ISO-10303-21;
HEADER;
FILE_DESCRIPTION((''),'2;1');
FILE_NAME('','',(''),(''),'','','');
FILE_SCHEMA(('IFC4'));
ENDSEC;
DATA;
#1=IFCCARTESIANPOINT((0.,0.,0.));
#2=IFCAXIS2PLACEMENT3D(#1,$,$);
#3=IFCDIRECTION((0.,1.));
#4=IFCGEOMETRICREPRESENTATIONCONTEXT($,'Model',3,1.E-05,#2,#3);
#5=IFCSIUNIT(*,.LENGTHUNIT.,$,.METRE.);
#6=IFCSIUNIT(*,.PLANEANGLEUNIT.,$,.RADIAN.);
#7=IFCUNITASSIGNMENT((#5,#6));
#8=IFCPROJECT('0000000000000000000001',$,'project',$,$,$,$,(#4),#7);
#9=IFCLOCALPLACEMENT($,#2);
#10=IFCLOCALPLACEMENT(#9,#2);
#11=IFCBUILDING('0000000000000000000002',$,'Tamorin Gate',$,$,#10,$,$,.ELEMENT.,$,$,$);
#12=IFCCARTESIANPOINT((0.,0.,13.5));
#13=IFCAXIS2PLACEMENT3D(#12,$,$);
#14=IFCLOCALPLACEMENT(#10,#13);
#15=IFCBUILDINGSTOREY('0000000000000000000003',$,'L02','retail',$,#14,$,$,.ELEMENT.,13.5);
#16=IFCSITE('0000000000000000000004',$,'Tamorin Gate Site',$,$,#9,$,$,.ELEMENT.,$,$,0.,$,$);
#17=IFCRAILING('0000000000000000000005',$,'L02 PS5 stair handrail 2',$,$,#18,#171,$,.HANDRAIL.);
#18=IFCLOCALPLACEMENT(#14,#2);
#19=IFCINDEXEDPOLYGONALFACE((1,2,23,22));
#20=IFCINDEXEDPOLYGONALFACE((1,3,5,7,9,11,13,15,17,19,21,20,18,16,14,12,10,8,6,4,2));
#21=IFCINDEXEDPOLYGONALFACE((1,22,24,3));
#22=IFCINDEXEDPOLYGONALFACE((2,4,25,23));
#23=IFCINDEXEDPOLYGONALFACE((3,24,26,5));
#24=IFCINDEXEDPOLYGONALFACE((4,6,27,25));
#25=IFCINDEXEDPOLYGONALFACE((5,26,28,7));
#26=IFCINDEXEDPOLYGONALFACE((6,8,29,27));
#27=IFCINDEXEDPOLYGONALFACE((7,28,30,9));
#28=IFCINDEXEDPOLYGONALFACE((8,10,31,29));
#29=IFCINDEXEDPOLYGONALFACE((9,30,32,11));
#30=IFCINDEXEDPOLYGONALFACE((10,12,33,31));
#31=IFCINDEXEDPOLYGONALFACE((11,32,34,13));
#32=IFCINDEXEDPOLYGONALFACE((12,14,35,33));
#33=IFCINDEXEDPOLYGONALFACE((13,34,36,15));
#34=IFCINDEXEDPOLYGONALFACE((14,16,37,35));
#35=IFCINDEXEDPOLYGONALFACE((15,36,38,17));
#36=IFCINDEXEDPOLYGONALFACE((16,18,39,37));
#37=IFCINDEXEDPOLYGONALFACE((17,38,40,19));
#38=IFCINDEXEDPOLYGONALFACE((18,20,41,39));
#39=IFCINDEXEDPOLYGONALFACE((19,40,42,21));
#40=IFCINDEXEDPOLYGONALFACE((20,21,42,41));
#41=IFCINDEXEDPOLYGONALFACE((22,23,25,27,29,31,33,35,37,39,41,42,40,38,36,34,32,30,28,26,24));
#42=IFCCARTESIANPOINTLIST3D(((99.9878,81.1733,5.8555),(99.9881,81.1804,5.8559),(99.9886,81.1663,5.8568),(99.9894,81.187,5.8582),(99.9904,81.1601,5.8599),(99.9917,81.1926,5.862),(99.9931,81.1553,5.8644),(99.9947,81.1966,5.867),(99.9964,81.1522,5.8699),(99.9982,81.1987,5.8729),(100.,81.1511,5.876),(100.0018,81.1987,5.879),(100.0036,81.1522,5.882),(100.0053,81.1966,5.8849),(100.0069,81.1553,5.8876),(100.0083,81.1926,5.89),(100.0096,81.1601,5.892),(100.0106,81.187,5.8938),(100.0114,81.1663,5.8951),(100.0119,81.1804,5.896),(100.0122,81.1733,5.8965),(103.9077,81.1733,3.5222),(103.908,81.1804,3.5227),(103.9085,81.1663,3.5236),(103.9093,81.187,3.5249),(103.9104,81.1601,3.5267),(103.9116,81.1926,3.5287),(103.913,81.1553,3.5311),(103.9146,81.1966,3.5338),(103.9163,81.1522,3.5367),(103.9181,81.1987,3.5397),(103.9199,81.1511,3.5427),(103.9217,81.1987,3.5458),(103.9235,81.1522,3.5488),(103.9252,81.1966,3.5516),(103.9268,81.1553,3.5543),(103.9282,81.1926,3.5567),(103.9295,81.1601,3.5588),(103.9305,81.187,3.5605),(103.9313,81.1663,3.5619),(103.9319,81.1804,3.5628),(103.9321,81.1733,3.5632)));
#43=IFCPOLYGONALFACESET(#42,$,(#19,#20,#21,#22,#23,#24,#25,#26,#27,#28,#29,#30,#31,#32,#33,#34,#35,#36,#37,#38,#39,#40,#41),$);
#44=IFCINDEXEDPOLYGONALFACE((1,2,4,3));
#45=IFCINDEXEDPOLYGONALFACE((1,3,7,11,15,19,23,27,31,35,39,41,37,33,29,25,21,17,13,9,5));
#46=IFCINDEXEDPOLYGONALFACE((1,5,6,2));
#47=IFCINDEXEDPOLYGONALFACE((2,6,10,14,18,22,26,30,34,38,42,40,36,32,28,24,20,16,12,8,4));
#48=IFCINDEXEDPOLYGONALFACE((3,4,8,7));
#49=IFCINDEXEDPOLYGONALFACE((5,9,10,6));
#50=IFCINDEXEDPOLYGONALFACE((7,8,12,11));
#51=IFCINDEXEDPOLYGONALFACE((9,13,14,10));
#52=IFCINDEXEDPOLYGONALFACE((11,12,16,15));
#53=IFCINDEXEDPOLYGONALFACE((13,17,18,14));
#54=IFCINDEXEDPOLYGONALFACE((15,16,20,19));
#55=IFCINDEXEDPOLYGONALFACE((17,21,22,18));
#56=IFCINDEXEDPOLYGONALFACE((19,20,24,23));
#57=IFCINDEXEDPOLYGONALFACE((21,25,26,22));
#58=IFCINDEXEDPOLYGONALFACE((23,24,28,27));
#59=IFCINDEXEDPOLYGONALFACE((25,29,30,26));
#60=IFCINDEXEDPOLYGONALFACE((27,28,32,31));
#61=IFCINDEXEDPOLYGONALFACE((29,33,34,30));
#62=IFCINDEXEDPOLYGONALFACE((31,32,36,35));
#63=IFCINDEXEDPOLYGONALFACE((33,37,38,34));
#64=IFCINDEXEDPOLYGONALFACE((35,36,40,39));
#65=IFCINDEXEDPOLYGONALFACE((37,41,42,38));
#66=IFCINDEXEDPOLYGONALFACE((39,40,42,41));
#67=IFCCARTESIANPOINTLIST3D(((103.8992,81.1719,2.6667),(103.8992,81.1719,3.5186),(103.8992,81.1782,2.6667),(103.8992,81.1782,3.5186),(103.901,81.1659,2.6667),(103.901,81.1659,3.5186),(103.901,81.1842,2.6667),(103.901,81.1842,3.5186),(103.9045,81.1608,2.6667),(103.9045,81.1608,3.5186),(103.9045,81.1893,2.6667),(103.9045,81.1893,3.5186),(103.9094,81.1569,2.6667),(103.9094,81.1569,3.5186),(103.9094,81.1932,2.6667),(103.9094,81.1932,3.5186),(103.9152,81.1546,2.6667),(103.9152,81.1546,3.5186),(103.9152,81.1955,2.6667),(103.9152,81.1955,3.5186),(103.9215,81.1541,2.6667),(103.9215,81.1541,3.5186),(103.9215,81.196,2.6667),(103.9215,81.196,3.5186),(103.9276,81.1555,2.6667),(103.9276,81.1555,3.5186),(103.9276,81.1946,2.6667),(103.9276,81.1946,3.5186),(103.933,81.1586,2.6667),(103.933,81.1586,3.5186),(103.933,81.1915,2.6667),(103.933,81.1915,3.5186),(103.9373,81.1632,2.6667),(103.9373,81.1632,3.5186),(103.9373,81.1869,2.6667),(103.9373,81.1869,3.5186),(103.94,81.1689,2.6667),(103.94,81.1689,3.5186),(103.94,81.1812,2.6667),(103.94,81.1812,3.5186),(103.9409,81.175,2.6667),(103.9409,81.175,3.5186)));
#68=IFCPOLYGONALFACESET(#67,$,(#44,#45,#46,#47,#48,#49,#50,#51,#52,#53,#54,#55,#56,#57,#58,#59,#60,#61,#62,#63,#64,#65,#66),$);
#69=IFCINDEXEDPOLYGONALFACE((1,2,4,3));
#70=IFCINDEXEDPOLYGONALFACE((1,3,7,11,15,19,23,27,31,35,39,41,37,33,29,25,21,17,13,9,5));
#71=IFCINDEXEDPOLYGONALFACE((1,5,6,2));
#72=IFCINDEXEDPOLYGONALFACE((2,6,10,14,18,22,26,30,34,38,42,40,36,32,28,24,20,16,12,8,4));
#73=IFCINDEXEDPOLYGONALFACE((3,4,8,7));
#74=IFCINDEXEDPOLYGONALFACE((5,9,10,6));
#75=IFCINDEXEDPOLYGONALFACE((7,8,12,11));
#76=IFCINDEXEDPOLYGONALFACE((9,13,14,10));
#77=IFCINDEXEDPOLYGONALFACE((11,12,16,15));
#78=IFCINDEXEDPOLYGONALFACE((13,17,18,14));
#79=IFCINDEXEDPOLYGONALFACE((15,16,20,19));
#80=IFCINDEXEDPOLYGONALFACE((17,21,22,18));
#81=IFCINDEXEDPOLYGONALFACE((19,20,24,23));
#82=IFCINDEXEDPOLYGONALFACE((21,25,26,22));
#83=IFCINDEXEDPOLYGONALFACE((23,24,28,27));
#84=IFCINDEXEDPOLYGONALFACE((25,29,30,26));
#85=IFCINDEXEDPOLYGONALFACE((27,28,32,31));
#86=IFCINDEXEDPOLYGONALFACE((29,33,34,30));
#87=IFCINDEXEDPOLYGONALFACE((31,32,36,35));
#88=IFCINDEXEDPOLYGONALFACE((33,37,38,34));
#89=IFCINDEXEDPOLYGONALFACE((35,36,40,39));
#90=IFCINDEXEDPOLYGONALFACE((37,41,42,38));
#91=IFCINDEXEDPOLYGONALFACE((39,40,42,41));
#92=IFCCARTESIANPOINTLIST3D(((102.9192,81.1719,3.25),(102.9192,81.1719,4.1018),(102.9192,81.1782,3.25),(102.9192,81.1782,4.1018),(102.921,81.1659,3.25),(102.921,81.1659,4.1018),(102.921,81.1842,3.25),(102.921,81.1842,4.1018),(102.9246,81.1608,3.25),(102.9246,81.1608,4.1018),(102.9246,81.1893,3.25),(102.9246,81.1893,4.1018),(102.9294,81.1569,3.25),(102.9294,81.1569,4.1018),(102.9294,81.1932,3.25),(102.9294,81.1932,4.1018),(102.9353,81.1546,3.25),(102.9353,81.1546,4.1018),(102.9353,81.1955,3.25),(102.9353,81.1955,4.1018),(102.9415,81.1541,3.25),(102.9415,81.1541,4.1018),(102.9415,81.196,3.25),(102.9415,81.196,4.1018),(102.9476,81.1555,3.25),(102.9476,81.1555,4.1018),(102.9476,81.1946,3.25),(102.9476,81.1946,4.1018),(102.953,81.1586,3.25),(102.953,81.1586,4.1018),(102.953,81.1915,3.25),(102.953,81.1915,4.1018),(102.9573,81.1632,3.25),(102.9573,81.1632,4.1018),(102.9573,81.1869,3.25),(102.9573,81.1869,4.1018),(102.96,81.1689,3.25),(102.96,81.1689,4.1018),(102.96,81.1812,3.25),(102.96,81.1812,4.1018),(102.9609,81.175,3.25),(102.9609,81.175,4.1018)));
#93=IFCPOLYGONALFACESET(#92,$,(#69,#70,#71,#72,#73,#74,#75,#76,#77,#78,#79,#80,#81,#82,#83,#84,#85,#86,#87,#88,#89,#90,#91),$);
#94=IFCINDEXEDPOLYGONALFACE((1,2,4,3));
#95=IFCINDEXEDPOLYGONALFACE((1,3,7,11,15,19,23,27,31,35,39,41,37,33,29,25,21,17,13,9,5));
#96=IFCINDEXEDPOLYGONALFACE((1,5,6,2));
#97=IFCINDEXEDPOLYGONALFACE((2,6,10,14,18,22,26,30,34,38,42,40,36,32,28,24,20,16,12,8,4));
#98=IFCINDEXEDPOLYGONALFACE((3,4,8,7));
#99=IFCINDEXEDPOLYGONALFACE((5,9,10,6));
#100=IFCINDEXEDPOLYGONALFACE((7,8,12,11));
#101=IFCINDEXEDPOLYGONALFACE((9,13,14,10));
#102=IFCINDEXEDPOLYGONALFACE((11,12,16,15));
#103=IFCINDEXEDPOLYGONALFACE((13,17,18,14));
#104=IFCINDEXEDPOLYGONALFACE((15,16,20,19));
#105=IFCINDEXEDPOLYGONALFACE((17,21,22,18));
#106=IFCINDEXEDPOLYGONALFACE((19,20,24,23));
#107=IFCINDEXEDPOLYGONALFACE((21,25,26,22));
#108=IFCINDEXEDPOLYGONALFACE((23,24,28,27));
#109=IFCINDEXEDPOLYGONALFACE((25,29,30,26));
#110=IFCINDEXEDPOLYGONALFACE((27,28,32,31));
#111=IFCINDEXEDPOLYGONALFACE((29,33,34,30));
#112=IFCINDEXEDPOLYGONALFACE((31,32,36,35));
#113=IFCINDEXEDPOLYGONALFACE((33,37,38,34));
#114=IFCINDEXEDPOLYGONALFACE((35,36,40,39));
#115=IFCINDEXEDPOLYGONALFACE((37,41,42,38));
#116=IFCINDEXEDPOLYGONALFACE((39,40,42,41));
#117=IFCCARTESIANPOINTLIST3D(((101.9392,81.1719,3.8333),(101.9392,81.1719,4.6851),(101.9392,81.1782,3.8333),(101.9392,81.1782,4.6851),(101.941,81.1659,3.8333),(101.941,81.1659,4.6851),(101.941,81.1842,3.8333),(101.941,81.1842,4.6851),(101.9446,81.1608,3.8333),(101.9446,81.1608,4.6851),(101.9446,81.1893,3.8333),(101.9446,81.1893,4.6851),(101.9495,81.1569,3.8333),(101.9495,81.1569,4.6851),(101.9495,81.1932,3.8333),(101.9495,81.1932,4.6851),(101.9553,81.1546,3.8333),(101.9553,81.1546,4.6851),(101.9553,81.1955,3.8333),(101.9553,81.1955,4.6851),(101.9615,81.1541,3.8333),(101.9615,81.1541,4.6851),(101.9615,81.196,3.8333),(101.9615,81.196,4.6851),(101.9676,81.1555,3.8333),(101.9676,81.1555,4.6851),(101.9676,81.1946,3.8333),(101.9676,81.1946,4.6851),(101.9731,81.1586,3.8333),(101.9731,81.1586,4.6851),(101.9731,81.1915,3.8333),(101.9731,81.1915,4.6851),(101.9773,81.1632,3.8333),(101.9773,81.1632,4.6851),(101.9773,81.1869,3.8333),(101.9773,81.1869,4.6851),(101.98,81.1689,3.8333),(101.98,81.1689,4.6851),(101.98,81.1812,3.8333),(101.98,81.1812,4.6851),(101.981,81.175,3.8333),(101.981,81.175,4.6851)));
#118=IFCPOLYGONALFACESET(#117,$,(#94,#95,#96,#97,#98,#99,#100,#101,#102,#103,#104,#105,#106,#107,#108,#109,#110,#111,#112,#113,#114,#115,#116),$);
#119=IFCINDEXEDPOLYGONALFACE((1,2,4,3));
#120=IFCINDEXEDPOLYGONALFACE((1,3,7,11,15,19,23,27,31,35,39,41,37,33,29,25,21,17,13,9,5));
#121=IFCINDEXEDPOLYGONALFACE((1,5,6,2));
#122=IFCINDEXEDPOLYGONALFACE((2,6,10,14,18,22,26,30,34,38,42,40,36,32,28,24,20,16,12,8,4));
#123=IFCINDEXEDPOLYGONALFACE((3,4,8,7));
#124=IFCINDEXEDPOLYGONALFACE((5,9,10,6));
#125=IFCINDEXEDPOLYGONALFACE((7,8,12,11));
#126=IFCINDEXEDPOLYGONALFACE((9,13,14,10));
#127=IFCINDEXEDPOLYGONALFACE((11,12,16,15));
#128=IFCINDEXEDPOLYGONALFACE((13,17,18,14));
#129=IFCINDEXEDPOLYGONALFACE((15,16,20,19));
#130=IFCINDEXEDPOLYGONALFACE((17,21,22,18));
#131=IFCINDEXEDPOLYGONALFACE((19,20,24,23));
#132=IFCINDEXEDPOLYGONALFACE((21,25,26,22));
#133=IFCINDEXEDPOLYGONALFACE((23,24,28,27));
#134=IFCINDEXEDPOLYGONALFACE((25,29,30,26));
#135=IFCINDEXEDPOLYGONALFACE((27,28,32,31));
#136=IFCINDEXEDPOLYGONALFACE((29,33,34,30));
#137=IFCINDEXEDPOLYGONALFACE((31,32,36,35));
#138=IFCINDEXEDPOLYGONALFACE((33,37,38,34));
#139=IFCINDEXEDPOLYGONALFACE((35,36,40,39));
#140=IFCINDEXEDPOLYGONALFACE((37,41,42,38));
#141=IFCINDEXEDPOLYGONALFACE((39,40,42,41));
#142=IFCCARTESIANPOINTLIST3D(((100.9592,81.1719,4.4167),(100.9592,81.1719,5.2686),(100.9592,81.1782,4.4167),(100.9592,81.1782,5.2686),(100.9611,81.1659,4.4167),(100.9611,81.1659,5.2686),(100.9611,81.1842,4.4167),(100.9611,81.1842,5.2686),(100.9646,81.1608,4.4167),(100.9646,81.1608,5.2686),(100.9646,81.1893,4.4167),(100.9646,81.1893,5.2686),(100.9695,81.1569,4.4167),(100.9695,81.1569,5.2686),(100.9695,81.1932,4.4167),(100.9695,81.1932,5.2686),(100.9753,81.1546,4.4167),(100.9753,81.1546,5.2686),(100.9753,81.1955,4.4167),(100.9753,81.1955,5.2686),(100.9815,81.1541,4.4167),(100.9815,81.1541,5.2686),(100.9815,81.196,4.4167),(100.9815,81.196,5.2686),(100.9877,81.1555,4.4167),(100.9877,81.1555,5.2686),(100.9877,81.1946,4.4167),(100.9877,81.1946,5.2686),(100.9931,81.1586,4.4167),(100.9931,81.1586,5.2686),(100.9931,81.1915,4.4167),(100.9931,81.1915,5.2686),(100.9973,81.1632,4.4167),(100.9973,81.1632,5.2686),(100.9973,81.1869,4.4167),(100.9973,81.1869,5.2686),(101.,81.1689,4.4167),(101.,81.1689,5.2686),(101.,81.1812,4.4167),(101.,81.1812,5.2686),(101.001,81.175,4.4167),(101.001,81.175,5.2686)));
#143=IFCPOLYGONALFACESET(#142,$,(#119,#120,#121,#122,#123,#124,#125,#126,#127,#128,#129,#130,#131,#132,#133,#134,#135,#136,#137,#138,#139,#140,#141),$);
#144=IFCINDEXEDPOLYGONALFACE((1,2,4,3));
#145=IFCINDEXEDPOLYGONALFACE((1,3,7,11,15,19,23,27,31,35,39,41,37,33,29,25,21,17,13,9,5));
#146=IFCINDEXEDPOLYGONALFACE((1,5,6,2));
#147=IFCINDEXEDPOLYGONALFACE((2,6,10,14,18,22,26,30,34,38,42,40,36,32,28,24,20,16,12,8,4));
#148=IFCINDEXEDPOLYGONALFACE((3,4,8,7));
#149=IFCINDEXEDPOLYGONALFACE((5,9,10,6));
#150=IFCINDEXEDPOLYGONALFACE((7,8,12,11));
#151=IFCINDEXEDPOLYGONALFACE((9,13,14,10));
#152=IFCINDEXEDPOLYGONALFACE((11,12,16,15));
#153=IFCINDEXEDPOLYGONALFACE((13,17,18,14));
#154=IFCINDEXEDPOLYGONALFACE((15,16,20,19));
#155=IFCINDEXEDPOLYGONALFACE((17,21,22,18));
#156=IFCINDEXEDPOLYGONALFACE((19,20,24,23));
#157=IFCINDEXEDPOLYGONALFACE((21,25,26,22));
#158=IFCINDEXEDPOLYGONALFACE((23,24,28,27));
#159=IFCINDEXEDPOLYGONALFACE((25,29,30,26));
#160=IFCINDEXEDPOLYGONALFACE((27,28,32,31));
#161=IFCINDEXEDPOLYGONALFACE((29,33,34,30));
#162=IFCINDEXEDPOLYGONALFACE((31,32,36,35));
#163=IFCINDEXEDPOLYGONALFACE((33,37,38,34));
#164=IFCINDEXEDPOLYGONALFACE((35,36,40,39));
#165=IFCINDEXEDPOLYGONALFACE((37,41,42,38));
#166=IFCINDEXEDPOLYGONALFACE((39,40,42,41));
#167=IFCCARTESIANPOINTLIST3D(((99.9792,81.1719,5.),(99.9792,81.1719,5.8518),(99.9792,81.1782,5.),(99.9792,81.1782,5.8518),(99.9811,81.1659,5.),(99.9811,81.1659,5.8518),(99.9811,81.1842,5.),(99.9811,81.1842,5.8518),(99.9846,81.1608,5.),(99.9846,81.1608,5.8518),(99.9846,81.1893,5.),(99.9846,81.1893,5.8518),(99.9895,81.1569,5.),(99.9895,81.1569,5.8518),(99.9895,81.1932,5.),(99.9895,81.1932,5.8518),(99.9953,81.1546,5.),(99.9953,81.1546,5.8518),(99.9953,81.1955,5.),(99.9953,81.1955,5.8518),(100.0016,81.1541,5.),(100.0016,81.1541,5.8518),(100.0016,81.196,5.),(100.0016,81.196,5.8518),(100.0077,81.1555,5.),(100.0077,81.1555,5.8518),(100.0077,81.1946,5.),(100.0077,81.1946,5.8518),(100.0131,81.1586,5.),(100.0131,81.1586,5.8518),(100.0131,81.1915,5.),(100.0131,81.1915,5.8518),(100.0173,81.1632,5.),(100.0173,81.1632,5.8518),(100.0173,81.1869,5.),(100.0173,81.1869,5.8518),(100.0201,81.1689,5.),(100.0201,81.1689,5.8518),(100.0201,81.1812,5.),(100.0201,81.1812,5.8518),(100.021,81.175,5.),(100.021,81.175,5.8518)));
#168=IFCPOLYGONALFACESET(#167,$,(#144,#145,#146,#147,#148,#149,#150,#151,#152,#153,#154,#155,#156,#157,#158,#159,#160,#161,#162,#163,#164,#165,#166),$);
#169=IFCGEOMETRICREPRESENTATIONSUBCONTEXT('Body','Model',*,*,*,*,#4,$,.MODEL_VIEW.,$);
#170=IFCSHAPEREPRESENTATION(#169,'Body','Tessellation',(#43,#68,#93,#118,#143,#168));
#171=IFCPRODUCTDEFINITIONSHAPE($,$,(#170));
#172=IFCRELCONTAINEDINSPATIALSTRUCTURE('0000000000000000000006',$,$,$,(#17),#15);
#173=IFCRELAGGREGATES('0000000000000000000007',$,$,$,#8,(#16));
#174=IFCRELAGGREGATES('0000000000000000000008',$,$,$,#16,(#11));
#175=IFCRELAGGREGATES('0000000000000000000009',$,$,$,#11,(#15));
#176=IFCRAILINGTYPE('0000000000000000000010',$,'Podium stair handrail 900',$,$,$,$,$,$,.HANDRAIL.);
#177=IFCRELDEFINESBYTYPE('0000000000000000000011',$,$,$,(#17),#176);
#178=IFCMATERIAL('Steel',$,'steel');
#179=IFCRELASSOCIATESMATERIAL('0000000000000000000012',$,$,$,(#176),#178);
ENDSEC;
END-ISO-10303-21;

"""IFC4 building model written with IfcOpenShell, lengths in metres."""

from ifc_helpers import new_model, si_unit, direction, frame, origin, origin_2d, place, context, subcontext, project, spatial, circle, extrude, material, type_object, element, save


model = new_model("IFC4")

# Units and contexts
model_context = context("Model", 3, precision=1e-05, world=origin(), true_north=direction((0.0, 1.0)))
body_context = subcontext(model_context, "Body", "Model", "MODEL_VIEW")
ifc_project = project(units=[si_unit("LENGTHUNIT", "METRE"), si_unit("PLANEANGLEUNIT", "RADIAN")], contexts=[model_context])

# Site, building, storey
site_placement = place(None, origin())
site = spatial("IfcSite", under=ifc_project, at=site_placement, Name="Tamorin Gate Site", CompositionType="ELEMENT", RefElevation=0.0)
building_placement = place(site_placement, origin())
building = spatial("IfcBuilding", under=site, at=building_placement, Name="Tamorin Gate", CompositionType="ELEMENT")
storey_placement = place(building_placement, frame((0.0, 0.0, 13.5)))
storey = spatial("IfcBuildingStorey", under=building, at=storey_placement, Name="L02", Description="retail", CompositionType="ELEMENT", Elevation=13.5)

# Railing
ifc_material_1 = material(Name="Steel", Category="steel")
railing_type_1 = type_object("IfcRailingType", Name="Podium stair handrail 900", PredefinedType="HANDRAIL", material=ifc_material_1)
railing_1_placement = place(storey_placement, frame((103.9199, 81.175, 2.6667)))
element("IfcRailing", 1, at=railing_1_placement, inside=storey, type_object=railing_type_1, Name="L02 PS5 stair handrail 2", PredefinedType="HANDRAIL", context=body_context, shape_type="SweptSolid", body=[
    extrude(circle(Radius=0.0239, at=origin_2d()), frame((0.0, 0.0, 0.876), z_axis=(-0.859296, 0.0, 0.511478), x_axis=(0.0, -1.0, 0.0)), (0.0, 0.0, 1.0), 4.5618),
    extrude(circle(Radius=0.021, at=origin_2d()), origin(), (0.0, 0.0, 1.0), 0.8518),
    extrude(circle(Radius=0.021, at=origin_2d()), frame((-0.98, 0.0, 0.5833)), (0.0, 0.0, 1.0), 0.8518),
    extrude(circle(Radius=0.021, at=origin_2d()), frame((-1.96, 0.0, 1.1665)), (0.0, 0.0, 1.0), 0.8518),
    extrude(circle(Radius=0.021, at=origin_2d()), frame((-2.9399, 0.0, 1.75)), (0.0, 0.0, 1.0), 0.8518),
    extrude(circle(Radius=0.021, at=origin_2d()), frame((-3.9199, 0.0, 2.3333)), (0.0, 0.0, 1.0), 0.8518),
])

save(model, "model.ifc")
